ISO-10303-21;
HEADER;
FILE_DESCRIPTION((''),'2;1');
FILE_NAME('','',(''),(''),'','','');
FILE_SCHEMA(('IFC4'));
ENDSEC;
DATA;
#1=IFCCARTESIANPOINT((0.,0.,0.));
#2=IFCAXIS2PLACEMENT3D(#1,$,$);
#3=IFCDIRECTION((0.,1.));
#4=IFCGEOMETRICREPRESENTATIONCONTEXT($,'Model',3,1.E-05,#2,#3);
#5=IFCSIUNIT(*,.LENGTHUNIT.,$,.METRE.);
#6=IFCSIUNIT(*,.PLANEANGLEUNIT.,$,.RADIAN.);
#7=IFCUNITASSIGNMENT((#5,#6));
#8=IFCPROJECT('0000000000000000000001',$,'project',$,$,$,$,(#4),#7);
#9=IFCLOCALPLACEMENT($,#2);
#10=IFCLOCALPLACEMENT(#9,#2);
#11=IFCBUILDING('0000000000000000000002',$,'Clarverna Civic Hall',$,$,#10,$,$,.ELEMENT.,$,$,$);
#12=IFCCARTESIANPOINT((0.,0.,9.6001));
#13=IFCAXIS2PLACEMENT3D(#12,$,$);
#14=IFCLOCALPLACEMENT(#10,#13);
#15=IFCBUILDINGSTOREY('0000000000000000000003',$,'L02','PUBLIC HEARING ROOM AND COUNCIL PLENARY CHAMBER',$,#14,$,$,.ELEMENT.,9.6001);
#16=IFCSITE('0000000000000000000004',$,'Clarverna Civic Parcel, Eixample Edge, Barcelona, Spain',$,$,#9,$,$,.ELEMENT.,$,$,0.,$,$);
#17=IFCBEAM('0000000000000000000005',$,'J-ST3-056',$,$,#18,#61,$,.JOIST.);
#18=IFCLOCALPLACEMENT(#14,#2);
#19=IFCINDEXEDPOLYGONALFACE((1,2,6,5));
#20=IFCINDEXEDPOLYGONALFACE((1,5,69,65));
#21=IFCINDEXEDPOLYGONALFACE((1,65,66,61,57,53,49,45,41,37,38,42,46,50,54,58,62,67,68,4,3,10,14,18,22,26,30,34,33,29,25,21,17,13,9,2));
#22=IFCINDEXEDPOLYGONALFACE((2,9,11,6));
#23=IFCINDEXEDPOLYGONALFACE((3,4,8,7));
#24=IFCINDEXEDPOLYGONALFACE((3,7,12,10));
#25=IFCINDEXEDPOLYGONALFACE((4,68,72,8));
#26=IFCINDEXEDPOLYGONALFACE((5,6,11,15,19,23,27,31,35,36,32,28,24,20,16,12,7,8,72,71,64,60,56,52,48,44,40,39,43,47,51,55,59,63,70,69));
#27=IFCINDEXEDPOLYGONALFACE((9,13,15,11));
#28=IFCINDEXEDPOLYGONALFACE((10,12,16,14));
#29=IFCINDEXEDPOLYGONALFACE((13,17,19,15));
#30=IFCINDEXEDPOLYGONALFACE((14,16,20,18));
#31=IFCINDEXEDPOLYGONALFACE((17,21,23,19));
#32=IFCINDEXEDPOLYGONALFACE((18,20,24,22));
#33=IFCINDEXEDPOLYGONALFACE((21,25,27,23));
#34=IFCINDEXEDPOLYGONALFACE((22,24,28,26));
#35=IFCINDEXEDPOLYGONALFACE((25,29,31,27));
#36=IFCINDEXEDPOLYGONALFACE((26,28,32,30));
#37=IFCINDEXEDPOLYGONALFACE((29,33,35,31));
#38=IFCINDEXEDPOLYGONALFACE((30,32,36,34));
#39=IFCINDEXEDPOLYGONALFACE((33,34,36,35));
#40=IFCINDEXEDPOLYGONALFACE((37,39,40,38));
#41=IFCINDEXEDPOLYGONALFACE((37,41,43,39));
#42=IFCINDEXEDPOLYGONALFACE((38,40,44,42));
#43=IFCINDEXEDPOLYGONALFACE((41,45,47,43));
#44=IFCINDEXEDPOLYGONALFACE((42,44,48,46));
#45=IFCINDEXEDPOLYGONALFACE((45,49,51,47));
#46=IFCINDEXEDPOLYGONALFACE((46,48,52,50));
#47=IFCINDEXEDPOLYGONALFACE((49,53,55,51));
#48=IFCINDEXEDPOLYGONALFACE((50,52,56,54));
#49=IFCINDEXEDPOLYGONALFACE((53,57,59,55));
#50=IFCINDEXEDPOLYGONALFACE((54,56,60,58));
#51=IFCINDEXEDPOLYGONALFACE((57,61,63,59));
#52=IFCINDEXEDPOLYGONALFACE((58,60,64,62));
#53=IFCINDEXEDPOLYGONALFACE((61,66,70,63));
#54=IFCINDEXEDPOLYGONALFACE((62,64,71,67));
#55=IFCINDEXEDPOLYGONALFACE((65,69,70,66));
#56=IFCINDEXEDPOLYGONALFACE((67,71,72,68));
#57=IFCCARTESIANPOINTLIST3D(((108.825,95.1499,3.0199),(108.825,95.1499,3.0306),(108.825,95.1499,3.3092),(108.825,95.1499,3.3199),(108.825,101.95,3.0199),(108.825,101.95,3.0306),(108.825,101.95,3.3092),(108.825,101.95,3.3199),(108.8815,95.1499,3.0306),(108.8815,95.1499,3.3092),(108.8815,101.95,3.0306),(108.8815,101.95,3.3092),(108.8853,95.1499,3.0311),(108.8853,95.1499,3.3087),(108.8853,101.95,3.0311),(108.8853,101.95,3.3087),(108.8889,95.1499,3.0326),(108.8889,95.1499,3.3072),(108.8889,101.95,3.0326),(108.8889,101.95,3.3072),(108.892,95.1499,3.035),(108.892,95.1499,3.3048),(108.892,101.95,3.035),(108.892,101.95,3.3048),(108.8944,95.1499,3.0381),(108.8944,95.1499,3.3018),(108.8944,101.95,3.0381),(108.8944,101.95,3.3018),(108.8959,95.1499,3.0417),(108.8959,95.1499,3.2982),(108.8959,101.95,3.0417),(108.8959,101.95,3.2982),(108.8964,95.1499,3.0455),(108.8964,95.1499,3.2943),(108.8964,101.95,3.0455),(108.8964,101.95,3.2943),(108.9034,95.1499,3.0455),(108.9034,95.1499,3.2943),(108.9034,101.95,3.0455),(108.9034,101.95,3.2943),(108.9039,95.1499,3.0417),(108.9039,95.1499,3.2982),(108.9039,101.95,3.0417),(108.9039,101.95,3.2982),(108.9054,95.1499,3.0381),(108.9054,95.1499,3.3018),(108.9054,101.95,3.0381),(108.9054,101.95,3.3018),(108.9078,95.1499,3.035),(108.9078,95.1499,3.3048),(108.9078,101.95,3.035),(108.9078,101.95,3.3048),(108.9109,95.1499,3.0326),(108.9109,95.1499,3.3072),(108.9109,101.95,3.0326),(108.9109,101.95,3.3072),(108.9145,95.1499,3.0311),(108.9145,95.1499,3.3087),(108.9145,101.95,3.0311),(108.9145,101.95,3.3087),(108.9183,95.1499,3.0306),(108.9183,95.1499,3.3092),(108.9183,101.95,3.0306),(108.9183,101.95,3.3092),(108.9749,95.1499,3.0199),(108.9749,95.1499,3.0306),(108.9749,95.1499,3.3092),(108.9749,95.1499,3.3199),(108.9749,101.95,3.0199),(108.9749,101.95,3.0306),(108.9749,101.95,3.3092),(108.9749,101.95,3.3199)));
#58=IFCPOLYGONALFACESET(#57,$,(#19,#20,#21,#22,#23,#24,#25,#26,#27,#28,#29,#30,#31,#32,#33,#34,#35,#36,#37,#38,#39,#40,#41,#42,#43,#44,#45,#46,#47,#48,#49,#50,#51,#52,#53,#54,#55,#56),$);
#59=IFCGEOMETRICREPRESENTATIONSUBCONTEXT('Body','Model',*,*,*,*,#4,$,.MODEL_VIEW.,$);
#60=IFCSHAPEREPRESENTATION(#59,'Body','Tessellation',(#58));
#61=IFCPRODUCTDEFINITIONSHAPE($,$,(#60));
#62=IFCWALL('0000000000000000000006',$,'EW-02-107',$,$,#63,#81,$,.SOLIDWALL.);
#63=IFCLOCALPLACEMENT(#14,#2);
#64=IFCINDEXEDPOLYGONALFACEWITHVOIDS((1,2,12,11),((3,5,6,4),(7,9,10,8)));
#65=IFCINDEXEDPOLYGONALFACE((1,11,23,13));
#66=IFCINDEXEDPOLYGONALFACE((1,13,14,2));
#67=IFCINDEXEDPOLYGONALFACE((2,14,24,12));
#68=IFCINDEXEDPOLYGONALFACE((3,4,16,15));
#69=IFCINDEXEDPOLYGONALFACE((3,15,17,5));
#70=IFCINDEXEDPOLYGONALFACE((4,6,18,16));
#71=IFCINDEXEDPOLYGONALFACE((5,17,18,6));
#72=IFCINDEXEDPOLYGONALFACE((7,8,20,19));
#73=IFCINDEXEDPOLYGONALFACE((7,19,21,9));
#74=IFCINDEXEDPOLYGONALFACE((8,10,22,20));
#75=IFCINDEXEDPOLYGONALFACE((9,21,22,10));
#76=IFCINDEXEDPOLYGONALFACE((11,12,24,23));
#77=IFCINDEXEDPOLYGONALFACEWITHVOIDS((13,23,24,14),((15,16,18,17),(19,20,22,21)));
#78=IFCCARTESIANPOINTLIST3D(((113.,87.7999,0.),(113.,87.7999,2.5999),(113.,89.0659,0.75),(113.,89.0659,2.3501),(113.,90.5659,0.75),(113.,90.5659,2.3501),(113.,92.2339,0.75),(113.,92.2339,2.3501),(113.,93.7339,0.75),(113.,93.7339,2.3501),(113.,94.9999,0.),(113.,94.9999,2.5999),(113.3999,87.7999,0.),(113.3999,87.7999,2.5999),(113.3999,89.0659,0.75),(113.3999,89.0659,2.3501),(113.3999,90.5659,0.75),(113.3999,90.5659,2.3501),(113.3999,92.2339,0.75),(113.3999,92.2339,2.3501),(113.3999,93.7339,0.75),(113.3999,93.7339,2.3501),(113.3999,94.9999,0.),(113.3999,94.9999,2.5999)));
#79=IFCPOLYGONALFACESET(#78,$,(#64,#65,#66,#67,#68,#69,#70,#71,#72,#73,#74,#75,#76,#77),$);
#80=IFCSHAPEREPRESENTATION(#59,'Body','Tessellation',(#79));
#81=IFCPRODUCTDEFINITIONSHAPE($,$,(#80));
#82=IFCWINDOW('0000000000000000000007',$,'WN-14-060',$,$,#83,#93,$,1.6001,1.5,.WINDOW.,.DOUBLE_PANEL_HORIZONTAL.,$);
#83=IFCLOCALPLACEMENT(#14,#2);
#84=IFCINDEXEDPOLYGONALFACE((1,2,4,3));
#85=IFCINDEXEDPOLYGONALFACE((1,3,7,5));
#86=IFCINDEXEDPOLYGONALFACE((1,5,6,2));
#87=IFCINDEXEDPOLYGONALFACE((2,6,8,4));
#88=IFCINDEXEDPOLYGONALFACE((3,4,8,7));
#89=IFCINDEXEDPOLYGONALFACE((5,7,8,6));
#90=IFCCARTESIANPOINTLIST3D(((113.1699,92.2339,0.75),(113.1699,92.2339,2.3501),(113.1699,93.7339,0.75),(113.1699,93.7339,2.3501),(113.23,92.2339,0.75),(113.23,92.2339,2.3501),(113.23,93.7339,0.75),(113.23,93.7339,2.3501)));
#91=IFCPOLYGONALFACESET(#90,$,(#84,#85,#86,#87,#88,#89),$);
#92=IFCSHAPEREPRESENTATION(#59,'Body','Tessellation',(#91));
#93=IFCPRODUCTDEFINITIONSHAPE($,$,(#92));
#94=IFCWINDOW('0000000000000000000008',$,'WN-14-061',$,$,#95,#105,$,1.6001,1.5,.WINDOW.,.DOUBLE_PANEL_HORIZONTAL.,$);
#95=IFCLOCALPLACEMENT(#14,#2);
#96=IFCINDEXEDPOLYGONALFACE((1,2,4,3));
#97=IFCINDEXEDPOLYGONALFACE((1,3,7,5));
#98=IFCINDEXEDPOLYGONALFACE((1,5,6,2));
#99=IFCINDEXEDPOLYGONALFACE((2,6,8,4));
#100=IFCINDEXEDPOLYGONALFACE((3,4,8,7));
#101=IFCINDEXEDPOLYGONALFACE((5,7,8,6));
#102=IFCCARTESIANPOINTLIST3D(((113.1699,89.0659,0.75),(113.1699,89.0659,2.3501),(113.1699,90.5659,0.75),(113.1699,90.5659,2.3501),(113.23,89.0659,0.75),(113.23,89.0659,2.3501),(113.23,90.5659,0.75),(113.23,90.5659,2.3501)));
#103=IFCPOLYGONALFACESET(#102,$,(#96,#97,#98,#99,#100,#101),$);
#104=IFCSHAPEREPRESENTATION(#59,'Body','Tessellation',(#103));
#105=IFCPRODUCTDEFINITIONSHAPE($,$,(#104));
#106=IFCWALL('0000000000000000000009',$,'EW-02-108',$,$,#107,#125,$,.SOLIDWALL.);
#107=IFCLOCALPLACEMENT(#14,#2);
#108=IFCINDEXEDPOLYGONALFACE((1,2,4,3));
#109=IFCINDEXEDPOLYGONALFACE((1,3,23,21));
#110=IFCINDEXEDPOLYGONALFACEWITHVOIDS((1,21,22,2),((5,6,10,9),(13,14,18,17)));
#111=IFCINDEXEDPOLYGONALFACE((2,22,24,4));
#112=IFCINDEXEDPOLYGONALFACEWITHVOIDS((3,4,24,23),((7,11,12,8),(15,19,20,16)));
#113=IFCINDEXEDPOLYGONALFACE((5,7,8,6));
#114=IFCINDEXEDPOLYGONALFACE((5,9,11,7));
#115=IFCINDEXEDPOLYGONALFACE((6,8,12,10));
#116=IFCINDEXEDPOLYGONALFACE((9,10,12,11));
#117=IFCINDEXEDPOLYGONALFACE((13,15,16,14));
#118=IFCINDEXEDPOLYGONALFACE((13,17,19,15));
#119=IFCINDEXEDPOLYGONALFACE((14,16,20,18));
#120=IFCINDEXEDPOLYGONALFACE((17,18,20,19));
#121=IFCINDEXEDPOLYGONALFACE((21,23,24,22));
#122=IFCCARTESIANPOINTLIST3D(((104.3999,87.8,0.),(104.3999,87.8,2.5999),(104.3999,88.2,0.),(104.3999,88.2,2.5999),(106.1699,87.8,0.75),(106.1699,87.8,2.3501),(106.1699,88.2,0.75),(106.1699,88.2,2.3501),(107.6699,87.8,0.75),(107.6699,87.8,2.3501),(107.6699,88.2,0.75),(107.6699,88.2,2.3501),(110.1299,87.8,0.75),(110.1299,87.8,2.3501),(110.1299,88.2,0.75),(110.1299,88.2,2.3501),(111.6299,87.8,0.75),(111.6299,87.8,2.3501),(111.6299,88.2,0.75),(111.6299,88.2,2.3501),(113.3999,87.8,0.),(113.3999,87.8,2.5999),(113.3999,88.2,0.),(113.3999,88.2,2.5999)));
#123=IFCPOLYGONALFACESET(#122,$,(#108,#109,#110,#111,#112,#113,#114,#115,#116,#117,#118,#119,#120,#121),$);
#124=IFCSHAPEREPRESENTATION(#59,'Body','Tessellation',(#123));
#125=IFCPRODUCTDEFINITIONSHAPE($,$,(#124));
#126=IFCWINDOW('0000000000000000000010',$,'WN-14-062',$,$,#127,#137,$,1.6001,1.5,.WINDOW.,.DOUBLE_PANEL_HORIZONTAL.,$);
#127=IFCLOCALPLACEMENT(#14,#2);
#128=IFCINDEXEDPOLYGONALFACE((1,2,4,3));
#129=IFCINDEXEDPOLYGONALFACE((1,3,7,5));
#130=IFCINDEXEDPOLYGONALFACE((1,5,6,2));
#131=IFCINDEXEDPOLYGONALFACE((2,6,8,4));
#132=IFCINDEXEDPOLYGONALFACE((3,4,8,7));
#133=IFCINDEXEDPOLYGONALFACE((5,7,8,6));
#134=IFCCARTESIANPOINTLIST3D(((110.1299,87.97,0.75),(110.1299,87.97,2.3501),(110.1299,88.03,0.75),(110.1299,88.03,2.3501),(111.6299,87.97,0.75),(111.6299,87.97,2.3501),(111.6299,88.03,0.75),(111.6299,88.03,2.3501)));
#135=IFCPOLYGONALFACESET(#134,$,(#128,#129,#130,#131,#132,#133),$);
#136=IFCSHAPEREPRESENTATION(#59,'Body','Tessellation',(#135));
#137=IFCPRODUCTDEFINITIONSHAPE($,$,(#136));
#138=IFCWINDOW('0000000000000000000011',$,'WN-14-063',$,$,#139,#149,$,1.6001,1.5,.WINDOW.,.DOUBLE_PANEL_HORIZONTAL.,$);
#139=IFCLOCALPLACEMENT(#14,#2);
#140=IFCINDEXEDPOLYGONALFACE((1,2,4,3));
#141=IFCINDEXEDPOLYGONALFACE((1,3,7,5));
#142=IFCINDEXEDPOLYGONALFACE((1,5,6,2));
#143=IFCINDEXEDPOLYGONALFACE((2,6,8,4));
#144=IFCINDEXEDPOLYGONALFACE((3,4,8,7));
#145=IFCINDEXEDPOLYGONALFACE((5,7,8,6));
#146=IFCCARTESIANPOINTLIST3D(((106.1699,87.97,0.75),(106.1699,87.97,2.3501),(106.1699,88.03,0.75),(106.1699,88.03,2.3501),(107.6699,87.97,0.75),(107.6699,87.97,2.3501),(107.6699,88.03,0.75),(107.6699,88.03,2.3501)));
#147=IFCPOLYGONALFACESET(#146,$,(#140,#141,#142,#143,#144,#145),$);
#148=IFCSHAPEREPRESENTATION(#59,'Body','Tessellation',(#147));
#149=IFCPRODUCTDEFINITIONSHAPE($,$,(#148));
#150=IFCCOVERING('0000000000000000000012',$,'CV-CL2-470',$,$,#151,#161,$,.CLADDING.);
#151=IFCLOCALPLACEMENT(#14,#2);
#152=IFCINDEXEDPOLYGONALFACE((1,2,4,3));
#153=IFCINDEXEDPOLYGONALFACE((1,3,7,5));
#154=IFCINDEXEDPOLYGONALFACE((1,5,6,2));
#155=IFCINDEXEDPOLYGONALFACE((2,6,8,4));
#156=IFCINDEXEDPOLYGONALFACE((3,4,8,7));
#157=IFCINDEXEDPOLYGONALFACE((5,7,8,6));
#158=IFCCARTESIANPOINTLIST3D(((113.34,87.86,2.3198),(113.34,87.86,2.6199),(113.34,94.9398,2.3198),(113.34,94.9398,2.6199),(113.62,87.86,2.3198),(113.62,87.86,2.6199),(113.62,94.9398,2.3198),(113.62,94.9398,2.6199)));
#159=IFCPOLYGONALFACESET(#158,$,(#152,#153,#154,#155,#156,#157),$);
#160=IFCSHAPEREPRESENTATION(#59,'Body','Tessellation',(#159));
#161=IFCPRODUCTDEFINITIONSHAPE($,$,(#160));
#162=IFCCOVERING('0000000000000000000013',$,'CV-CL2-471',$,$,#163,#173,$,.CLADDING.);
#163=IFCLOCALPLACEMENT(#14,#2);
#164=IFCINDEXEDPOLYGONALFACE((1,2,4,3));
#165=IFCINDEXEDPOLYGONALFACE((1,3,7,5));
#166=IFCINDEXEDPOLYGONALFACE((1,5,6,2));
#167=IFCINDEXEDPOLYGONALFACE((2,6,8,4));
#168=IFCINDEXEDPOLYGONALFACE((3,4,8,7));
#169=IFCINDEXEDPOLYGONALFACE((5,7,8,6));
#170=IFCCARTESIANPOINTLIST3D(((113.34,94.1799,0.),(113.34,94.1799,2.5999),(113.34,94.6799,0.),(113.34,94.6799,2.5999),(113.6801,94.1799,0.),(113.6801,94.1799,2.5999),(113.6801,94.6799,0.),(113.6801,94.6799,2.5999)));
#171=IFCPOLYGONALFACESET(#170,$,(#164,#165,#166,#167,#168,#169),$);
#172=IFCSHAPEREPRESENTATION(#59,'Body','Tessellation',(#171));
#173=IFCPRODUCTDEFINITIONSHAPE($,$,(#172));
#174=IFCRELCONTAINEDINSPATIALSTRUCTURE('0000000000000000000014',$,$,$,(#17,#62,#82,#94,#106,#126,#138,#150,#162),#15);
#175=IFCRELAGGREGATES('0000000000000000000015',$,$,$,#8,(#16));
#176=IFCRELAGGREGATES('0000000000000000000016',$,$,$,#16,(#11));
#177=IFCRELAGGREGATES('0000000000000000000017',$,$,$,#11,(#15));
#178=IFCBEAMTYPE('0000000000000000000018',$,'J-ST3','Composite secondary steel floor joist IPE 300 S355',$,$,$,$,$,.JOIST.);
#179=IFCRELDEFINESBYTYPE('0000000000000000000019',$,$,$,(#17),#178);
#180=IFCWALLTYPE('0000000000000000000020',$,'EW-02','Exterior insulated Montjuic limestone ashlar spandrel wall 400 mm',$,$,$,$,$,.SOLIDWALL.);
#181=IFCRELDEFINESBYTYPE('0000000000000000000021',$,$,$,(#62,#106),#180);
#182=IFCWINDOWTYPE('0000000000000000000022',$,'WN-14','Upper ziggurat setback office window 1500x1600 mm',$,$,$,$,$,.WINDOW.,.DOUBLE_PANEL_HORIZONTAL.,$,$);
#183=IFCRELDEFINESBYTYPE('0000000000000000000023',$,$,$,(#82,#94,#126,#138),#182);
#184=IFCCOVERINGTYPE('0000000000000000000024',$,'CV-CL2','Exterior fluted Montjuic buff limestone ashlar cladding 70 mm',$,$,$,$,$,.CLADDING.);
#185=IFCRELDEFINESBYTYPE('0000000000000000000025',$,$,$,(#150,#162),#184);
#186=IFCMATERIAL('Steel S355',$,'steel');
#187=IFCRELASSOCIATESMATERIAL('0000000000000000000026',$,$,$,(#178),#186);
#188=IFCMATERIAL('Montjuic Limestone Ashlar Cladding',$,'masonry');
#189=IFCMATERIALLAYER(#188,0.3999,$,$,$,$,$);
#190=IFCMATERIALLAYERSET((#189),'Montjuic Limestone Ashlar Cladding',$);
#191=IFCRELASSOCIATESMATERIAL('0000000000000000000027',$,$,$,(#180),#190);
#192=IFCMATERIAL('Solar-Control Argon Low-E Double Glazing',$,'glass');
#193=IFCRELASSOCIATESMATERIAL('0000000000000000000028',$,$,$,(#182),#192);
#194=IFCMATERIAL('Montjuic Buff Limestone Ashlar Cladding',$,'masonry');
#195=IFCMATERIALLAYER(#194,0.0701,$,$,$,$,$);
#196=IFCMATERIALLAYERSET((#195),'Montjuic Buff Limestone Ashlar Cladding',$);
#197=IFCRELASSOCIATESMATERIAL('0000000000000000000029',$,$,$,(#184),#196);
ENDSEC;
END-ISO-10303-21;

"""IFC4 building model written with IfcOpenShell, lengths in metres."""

from ifc_helpers import new_model, si_unit, direction, frame, frame_2d, origin, origin_2d, place, context, subcontext, project, spatial, rectangle, i_section, extrude, material, layer, layer_set, material_profile, profile_set, type_object, element, fill, save


model = new_model("IFC4")

# Units and contexts
model_context = context("Model", 3, precision=1e-05, world=origin(), true_north=direction((0.0, 1.0)))
body_context = subcontext(model_context, "Body", "Model", "MODEL_VIEW")
ifc_project = project(units=[si_unit("LENGTHUNIT", "METRE"), si_unit("PLANEANGLEUNIT", "RADIAN")], contexts=[model_context])

# Site, building, storey
site_placement = place(None, origin())
site = spatial("IfcSite", under=ifc_project, at=site_placement, Name="Clarverna Civic Parcel, Eixample Edge, Barcelona, Spain", CompositionType="ELEMENT", RefElevation=0.0)
building_placement = place(site_placement, origin())
building = spatial("IfcBuilding", under=site, at=building_placement, Name="Clarverna Civic Hall", CompositionType="ELEMENT")
storey_placement = place(building_placement, frame((0.0, 0.0, 9.6001)))
storey = spatial("IfcBuildingStorey", under=building, at=storey_placement, Name="L02", Description="PUBLIC HEARING ROOM AND COUNCIL PLENARY CHAMBER", CompositionType="ELEMENT", Elevation=9.6001)

# Beam
ifc_material_1 = material(Name="Steel S355", Category="steel")
ifc_material_profile_1 = material_profile(ifc_material_1, i_section(OverallWidth=0.1499, OverallDepth=0.3, WebThickness=0.0071, FlangeThickness=0.0107, FilletRadius=0.0149, at=origin_2d()), Name="IPE 300")
ifc_profile_set_1 = profile_set([ifc_material_profile_1], Name="Steel S355")
beam_type_1 = type_object("IfcBeamType", Name="J-ST3", Description="Composite secondary steel floor joist IPE 300 S355", PredefinedType="JOIST", material=ifc_profile_set_1)
beam_1_placement = place(storey_placement, frame((108.8999, 95.1499, 3.1699), z_axis=(0.0, 1.0, 0.0), x_axis=(-1.0, 0.0, 0.0)))
element("IfcBeam", 1, at=beam_1_placement, inside=storey, type_object=beam_type_1, Name="J-ST3-056", PredefinedType="JOIST", context=body_context, shape_type="SweptSolid", body=[
    extrude(i_section(OverallWidth=0.1499, OverallDepth=0.3, WebThickness=0.0071, FlangeThickness=0.0107, FilletRadius=0.0149, at=origin_2d()), origin(), (0.0, 0.0, 1.0), 6.8),
])

# Walls, openings, windows
ifc_material_2 = material(Name="Montjuic Limestone Ashlar Cladding", Category="masonry")
ifc_layer_1 = layer(ifc_material_2, 0.3999)
ifc_layer_set_1 = layer_set([ifc_layer_1], Name="Montjuic Limestone Ashlar Cladding")
wall_type = type_object("IfcWallType", Name="EW-02", Description="Exterior insulated Montjuic limestone ashlar spandrel wall 400 mm", PredefinedType="SOLIDWALL", material=ifc_layer_set_1)
wall_1_placement = place(storey_placement, frame((113.2, 95.0, 0.0), z_axis=(0.0, 0.0, 1.0), x_axis=(0.0, -1.0, 0.0)))
wall_1 = element("IfcWall", 2, at=wall_1_placement, inside=storey, type_object=wall_type, Name="EW-02-107", PredefinedType="SOLIDWALL", context=body_context, shape_type="SweptSolid", body=[
    extrude(rectangle(XDim=7.2, YDim=0.3999, at=frame_2d((3.6001, 0.0))), origin(), (0.0, 0.0, 1.0), 2.5999),
])
opening_1_placement = place(wall_1_placement, frame((1.2661, 0.0, 0.75)))
opening_1 = element("IfcOpeningElement", 3, at=opening_1_placement, cuts=wall_1, PredefinedType="OPENING", context=body_context, shape_type="SweptSolid", body=[
    extrude(rectangle(XDim=1.5, YDim=1.6001, at=frame_2d((0.75, 0.8))), frame((0.0, 0.21, 0.0), z_axis=(0.0, -1.0, 0.0), x_axis=(1.0, 0.0, 0.0)), (0.0, 0.0, 1.0), 0.4199),
])
opening_2_placement = place(wall_1_placement, frame((4.4341, 0.0, 0.75)))
opening_2 = element("IfcOpeningElement", 4, at=opening_2_placement, cuts=wall_1, PredefinedType="OPENING", context=body_context, shape_type="SweptSolid", body=[
    extrude(rectangle(XDim=1.5, YDim=1.6001, at=frame_2d((0.75, 0.8))), frame((0.0, 0.21, 0.0), z_axis=(0.0, -1.0, 0.0), x_axis=(1.0, 0.0, 0.0)), (0.0, 0.0, 1.0), 0.4199),
])
ifc_material_3 = material(Name="Solar-Control Argon Low-E Double Glazing", Category="glass")
window_type = type_object("IfcWindowType", Name="WN-14", Description="Upper ziggurat setback office window 1500x1600 mm", PartitioningType="DOUBLE_PANEL_HORIZONTAL", PredefinedType="WINDOW", material=ifc_material_3)
window_1_placement = place(opening_1_placement, origin())
window_1 = element("IfcWindow", 5, at=window_1_placement, inside=storey, type_object=window_type, Name="WN-14-060", OverallHeight=1.6001, OverallWidth=1.5, PartitioningType="DOUBLE_PANEL_HORIZONTAL", PredefinedType="WINDOW", context=body_context, shape_type="SweptSolid", body=[
    extrude(rectangle(XDim=1.5, YDim=1.6001, at=frame_2d((0.75, 0.8))), frame((0.0, 0.03, 0.0), z_axis=(0.0, -1.0, 0.0), x_axis=(1.0, 0.0, 0.0)), (0.0, 0.0, 1.0), 0.0601),
])
fill(opening_1, window_1)
window_2_placement = place(opening_2_placement, origin())
window_2 = element("IfcWindow", 6, at=window_2_placement, inside=storey, type_object=window_type, Name="WN-14-061", OverallHeight=1.6001, OverallWidth=1.5, PartitioningType="DOUBLE_PANEL_HORIZONTAL", PredefinedType="WINDOW", context=body_context, shape_type="SweptSolid", body=[
    extrude(rectangle(XDim=1.5, YDim=1.6001, at=frame_2d((0.75, 0.8))), frame((0.0, 0.03, 0.0), z_axis=(0.0, -1.0, 0.0), x_axis=(1.0, 0.0, 0.0)), (0.0, 0.0, 1.0), 0.0601),
])
fill(opening_2, window_2)
wall_2_placement = place(storey_placement, frame((113.3999, 88.0, 0.0), z_axis=(0.0, 0.0, 1.0), x_axis=(-1.0, 0.0, 0.0)))
wall_2 = element("IfcWall", 7, at=wall_2_placement, inside=storey, type_object=wall_type, Name="EW-02-108", PredefinedType="SOLIDWALL", context=body_context, shape_type="SweptSolid", body=[
    extrude(rectangle(XDim=9.0, YDim=0.3999, at=frame_2d((4.5, 0.0))), origin(), (0.0, 0.0, 1.0), 2.5999),
])
opening_3_placement = place(wall_2_placement, frame((1.77, 0.0, 0.75)))
opening_3 = element("IfcOpeningElement", 8, at=opening_3_placement, cuts=wall_2, PredefinedType="OPENING", context=body_context, shape_type="SweptSolid", body=[
    extrude(rectangle(XDim=1.5, YDim=1.6001, at=frame_2d((0.75, 0.8))), frame((0.0, 0.21, 0.0), z_axis=(0.0, -1.0, 0.0), x_axis=(1.0, 0.0, 0.0)), (0.0, 0.0, 1.0), 0.4199),
])
opening_4_placement = place(wall_2_placement, frame((5.73, 0.0, 0.75)))
opening_4 = element("IfcOpeningElement", 9, at=opening_4_placement, cuts=wall_2, PredefinedType="OPENING", context=body_context, shape_type="SweptSolid", body=[
    extrude(rectangle(XDim=1.5, YDim=1.6001, at=frame_2d((0.75, 0.8))), frame((0.0, 0.21, 0.0), z_axis=(0.0, -1.0, 0.0), x_axis=(1.0, 0.0, 0.0)), (0.0, 0.0, 1.0), 0.4199),
])
window_3_placement = place(opening_3_placement, origin())
window_3 = element("IfcWindow", 10, at=window_3_placement, inside=storey, type_object=window_type, Name="WN-14-062", OverallHeight=1.6001, OverallWidth=1.5, PartitioningType="DOUBLE_PANEL_HORIZONTAL", PredefinedType="WINDOW", context=body_context, shape_type="SweptSolid", body=[
    extrude(rectangle(XDim=1.5, YDim=1.6001, at=frame_2d((0.75, 0.8))), frame((0.0, 0.03, 0.0), z_axis=(0.0, -1.0, 0.0), x_axis=(1.0, 0.0, 0.0)), (0.0, 0.0, 1.0), 0.0601),
])
fill(opening_3, window_3)
window_4_placement = place(opening_4_placement, origin())
window_4 = element("IfcWindow", 11, at=window_4_placement, inside=storey, type_object=window_type, Name="WN-14-063", OverallHeight=1.6001, OverallWidth=1.5, PartitioningType="DOUBLE_PANEL_HORIZONTAL", PredefinedType="WINDOW", context=body_context, shape_type="SweptSolid", body=[
    extrude(rectangle(XDim=1.5, YDim=1.6001, at=frame_2d((0.75, 0.8))), frame((0.0, 0.03, 0.0), z_axis=(0.0, -1.0, 0.0), x_axis=(1.0, 0.0, 0.0)), (0.0, 0.0, 1.0), 0.0601),
])
fill(opening_4, window_4)

# Coverings
ifc_material_4 = material(Name="Montjuic Buff Limestone Ashlar Cladding", Category="masonry")
ifc_layer_2 = layer(ifc_material_4, 0.0701)
ifc_layer_set_2 = layer_set([ifc_layer_2], Name="Montjuic Buff Limestone Ashlar Cladding")
covering_type = type_object("IfcCoveringType", Name="CV-CL2", Description="Exterior fluted Montjuic buff limestone ashlar cladding 70 mm", PredefinedType="CLADDING", material=ifc_layer_set_2)
covering_placement = place(storey_placement, frame((113.48, 94.9399, 2.3198), z_axis=(0.0, 0.0, 1.0), x_axis=(0.0, -1.0, 0.0)))
element("IfcCovering", 12, at=covering_placement, inside=storey, type_object=covering_type, Name="CV-CL2-470", PredefinedType="CLADDING", context=body_context, shape_type="SweptSolid", body=[
    extrude(rectangle(XDim=7.0798, YDim=0.28, at=frame_2d((3.54, 0.0))), origin(), (0.0, 0.0, 1.0), 0.3),
])
for number, where, z_axis, x_axis, name in (
    (13, (113.51, 94.6799, 0.0), (0.0, 0.0, 1.0), (0.0, -1.0, 0.0), "CV-CL2-471"),
):
    element("IfcCovering", number, at=place(storey_placement, frame(where, z_axis=z_axis, x_axis=x_axis)), inside=storey, type_object=covering_type, Name=name, PredefinedType="CLADDING", context=body_context, shape_type="SweptSolid", body=[
        extrude(rectangle(XDim=0.5, YDim=0.3401, at=frame_2d((0.25, 0.0))), origin(), (0.0, 0.0, 1.0), 2.5999),
    ])

save(model, "model.ifc")
